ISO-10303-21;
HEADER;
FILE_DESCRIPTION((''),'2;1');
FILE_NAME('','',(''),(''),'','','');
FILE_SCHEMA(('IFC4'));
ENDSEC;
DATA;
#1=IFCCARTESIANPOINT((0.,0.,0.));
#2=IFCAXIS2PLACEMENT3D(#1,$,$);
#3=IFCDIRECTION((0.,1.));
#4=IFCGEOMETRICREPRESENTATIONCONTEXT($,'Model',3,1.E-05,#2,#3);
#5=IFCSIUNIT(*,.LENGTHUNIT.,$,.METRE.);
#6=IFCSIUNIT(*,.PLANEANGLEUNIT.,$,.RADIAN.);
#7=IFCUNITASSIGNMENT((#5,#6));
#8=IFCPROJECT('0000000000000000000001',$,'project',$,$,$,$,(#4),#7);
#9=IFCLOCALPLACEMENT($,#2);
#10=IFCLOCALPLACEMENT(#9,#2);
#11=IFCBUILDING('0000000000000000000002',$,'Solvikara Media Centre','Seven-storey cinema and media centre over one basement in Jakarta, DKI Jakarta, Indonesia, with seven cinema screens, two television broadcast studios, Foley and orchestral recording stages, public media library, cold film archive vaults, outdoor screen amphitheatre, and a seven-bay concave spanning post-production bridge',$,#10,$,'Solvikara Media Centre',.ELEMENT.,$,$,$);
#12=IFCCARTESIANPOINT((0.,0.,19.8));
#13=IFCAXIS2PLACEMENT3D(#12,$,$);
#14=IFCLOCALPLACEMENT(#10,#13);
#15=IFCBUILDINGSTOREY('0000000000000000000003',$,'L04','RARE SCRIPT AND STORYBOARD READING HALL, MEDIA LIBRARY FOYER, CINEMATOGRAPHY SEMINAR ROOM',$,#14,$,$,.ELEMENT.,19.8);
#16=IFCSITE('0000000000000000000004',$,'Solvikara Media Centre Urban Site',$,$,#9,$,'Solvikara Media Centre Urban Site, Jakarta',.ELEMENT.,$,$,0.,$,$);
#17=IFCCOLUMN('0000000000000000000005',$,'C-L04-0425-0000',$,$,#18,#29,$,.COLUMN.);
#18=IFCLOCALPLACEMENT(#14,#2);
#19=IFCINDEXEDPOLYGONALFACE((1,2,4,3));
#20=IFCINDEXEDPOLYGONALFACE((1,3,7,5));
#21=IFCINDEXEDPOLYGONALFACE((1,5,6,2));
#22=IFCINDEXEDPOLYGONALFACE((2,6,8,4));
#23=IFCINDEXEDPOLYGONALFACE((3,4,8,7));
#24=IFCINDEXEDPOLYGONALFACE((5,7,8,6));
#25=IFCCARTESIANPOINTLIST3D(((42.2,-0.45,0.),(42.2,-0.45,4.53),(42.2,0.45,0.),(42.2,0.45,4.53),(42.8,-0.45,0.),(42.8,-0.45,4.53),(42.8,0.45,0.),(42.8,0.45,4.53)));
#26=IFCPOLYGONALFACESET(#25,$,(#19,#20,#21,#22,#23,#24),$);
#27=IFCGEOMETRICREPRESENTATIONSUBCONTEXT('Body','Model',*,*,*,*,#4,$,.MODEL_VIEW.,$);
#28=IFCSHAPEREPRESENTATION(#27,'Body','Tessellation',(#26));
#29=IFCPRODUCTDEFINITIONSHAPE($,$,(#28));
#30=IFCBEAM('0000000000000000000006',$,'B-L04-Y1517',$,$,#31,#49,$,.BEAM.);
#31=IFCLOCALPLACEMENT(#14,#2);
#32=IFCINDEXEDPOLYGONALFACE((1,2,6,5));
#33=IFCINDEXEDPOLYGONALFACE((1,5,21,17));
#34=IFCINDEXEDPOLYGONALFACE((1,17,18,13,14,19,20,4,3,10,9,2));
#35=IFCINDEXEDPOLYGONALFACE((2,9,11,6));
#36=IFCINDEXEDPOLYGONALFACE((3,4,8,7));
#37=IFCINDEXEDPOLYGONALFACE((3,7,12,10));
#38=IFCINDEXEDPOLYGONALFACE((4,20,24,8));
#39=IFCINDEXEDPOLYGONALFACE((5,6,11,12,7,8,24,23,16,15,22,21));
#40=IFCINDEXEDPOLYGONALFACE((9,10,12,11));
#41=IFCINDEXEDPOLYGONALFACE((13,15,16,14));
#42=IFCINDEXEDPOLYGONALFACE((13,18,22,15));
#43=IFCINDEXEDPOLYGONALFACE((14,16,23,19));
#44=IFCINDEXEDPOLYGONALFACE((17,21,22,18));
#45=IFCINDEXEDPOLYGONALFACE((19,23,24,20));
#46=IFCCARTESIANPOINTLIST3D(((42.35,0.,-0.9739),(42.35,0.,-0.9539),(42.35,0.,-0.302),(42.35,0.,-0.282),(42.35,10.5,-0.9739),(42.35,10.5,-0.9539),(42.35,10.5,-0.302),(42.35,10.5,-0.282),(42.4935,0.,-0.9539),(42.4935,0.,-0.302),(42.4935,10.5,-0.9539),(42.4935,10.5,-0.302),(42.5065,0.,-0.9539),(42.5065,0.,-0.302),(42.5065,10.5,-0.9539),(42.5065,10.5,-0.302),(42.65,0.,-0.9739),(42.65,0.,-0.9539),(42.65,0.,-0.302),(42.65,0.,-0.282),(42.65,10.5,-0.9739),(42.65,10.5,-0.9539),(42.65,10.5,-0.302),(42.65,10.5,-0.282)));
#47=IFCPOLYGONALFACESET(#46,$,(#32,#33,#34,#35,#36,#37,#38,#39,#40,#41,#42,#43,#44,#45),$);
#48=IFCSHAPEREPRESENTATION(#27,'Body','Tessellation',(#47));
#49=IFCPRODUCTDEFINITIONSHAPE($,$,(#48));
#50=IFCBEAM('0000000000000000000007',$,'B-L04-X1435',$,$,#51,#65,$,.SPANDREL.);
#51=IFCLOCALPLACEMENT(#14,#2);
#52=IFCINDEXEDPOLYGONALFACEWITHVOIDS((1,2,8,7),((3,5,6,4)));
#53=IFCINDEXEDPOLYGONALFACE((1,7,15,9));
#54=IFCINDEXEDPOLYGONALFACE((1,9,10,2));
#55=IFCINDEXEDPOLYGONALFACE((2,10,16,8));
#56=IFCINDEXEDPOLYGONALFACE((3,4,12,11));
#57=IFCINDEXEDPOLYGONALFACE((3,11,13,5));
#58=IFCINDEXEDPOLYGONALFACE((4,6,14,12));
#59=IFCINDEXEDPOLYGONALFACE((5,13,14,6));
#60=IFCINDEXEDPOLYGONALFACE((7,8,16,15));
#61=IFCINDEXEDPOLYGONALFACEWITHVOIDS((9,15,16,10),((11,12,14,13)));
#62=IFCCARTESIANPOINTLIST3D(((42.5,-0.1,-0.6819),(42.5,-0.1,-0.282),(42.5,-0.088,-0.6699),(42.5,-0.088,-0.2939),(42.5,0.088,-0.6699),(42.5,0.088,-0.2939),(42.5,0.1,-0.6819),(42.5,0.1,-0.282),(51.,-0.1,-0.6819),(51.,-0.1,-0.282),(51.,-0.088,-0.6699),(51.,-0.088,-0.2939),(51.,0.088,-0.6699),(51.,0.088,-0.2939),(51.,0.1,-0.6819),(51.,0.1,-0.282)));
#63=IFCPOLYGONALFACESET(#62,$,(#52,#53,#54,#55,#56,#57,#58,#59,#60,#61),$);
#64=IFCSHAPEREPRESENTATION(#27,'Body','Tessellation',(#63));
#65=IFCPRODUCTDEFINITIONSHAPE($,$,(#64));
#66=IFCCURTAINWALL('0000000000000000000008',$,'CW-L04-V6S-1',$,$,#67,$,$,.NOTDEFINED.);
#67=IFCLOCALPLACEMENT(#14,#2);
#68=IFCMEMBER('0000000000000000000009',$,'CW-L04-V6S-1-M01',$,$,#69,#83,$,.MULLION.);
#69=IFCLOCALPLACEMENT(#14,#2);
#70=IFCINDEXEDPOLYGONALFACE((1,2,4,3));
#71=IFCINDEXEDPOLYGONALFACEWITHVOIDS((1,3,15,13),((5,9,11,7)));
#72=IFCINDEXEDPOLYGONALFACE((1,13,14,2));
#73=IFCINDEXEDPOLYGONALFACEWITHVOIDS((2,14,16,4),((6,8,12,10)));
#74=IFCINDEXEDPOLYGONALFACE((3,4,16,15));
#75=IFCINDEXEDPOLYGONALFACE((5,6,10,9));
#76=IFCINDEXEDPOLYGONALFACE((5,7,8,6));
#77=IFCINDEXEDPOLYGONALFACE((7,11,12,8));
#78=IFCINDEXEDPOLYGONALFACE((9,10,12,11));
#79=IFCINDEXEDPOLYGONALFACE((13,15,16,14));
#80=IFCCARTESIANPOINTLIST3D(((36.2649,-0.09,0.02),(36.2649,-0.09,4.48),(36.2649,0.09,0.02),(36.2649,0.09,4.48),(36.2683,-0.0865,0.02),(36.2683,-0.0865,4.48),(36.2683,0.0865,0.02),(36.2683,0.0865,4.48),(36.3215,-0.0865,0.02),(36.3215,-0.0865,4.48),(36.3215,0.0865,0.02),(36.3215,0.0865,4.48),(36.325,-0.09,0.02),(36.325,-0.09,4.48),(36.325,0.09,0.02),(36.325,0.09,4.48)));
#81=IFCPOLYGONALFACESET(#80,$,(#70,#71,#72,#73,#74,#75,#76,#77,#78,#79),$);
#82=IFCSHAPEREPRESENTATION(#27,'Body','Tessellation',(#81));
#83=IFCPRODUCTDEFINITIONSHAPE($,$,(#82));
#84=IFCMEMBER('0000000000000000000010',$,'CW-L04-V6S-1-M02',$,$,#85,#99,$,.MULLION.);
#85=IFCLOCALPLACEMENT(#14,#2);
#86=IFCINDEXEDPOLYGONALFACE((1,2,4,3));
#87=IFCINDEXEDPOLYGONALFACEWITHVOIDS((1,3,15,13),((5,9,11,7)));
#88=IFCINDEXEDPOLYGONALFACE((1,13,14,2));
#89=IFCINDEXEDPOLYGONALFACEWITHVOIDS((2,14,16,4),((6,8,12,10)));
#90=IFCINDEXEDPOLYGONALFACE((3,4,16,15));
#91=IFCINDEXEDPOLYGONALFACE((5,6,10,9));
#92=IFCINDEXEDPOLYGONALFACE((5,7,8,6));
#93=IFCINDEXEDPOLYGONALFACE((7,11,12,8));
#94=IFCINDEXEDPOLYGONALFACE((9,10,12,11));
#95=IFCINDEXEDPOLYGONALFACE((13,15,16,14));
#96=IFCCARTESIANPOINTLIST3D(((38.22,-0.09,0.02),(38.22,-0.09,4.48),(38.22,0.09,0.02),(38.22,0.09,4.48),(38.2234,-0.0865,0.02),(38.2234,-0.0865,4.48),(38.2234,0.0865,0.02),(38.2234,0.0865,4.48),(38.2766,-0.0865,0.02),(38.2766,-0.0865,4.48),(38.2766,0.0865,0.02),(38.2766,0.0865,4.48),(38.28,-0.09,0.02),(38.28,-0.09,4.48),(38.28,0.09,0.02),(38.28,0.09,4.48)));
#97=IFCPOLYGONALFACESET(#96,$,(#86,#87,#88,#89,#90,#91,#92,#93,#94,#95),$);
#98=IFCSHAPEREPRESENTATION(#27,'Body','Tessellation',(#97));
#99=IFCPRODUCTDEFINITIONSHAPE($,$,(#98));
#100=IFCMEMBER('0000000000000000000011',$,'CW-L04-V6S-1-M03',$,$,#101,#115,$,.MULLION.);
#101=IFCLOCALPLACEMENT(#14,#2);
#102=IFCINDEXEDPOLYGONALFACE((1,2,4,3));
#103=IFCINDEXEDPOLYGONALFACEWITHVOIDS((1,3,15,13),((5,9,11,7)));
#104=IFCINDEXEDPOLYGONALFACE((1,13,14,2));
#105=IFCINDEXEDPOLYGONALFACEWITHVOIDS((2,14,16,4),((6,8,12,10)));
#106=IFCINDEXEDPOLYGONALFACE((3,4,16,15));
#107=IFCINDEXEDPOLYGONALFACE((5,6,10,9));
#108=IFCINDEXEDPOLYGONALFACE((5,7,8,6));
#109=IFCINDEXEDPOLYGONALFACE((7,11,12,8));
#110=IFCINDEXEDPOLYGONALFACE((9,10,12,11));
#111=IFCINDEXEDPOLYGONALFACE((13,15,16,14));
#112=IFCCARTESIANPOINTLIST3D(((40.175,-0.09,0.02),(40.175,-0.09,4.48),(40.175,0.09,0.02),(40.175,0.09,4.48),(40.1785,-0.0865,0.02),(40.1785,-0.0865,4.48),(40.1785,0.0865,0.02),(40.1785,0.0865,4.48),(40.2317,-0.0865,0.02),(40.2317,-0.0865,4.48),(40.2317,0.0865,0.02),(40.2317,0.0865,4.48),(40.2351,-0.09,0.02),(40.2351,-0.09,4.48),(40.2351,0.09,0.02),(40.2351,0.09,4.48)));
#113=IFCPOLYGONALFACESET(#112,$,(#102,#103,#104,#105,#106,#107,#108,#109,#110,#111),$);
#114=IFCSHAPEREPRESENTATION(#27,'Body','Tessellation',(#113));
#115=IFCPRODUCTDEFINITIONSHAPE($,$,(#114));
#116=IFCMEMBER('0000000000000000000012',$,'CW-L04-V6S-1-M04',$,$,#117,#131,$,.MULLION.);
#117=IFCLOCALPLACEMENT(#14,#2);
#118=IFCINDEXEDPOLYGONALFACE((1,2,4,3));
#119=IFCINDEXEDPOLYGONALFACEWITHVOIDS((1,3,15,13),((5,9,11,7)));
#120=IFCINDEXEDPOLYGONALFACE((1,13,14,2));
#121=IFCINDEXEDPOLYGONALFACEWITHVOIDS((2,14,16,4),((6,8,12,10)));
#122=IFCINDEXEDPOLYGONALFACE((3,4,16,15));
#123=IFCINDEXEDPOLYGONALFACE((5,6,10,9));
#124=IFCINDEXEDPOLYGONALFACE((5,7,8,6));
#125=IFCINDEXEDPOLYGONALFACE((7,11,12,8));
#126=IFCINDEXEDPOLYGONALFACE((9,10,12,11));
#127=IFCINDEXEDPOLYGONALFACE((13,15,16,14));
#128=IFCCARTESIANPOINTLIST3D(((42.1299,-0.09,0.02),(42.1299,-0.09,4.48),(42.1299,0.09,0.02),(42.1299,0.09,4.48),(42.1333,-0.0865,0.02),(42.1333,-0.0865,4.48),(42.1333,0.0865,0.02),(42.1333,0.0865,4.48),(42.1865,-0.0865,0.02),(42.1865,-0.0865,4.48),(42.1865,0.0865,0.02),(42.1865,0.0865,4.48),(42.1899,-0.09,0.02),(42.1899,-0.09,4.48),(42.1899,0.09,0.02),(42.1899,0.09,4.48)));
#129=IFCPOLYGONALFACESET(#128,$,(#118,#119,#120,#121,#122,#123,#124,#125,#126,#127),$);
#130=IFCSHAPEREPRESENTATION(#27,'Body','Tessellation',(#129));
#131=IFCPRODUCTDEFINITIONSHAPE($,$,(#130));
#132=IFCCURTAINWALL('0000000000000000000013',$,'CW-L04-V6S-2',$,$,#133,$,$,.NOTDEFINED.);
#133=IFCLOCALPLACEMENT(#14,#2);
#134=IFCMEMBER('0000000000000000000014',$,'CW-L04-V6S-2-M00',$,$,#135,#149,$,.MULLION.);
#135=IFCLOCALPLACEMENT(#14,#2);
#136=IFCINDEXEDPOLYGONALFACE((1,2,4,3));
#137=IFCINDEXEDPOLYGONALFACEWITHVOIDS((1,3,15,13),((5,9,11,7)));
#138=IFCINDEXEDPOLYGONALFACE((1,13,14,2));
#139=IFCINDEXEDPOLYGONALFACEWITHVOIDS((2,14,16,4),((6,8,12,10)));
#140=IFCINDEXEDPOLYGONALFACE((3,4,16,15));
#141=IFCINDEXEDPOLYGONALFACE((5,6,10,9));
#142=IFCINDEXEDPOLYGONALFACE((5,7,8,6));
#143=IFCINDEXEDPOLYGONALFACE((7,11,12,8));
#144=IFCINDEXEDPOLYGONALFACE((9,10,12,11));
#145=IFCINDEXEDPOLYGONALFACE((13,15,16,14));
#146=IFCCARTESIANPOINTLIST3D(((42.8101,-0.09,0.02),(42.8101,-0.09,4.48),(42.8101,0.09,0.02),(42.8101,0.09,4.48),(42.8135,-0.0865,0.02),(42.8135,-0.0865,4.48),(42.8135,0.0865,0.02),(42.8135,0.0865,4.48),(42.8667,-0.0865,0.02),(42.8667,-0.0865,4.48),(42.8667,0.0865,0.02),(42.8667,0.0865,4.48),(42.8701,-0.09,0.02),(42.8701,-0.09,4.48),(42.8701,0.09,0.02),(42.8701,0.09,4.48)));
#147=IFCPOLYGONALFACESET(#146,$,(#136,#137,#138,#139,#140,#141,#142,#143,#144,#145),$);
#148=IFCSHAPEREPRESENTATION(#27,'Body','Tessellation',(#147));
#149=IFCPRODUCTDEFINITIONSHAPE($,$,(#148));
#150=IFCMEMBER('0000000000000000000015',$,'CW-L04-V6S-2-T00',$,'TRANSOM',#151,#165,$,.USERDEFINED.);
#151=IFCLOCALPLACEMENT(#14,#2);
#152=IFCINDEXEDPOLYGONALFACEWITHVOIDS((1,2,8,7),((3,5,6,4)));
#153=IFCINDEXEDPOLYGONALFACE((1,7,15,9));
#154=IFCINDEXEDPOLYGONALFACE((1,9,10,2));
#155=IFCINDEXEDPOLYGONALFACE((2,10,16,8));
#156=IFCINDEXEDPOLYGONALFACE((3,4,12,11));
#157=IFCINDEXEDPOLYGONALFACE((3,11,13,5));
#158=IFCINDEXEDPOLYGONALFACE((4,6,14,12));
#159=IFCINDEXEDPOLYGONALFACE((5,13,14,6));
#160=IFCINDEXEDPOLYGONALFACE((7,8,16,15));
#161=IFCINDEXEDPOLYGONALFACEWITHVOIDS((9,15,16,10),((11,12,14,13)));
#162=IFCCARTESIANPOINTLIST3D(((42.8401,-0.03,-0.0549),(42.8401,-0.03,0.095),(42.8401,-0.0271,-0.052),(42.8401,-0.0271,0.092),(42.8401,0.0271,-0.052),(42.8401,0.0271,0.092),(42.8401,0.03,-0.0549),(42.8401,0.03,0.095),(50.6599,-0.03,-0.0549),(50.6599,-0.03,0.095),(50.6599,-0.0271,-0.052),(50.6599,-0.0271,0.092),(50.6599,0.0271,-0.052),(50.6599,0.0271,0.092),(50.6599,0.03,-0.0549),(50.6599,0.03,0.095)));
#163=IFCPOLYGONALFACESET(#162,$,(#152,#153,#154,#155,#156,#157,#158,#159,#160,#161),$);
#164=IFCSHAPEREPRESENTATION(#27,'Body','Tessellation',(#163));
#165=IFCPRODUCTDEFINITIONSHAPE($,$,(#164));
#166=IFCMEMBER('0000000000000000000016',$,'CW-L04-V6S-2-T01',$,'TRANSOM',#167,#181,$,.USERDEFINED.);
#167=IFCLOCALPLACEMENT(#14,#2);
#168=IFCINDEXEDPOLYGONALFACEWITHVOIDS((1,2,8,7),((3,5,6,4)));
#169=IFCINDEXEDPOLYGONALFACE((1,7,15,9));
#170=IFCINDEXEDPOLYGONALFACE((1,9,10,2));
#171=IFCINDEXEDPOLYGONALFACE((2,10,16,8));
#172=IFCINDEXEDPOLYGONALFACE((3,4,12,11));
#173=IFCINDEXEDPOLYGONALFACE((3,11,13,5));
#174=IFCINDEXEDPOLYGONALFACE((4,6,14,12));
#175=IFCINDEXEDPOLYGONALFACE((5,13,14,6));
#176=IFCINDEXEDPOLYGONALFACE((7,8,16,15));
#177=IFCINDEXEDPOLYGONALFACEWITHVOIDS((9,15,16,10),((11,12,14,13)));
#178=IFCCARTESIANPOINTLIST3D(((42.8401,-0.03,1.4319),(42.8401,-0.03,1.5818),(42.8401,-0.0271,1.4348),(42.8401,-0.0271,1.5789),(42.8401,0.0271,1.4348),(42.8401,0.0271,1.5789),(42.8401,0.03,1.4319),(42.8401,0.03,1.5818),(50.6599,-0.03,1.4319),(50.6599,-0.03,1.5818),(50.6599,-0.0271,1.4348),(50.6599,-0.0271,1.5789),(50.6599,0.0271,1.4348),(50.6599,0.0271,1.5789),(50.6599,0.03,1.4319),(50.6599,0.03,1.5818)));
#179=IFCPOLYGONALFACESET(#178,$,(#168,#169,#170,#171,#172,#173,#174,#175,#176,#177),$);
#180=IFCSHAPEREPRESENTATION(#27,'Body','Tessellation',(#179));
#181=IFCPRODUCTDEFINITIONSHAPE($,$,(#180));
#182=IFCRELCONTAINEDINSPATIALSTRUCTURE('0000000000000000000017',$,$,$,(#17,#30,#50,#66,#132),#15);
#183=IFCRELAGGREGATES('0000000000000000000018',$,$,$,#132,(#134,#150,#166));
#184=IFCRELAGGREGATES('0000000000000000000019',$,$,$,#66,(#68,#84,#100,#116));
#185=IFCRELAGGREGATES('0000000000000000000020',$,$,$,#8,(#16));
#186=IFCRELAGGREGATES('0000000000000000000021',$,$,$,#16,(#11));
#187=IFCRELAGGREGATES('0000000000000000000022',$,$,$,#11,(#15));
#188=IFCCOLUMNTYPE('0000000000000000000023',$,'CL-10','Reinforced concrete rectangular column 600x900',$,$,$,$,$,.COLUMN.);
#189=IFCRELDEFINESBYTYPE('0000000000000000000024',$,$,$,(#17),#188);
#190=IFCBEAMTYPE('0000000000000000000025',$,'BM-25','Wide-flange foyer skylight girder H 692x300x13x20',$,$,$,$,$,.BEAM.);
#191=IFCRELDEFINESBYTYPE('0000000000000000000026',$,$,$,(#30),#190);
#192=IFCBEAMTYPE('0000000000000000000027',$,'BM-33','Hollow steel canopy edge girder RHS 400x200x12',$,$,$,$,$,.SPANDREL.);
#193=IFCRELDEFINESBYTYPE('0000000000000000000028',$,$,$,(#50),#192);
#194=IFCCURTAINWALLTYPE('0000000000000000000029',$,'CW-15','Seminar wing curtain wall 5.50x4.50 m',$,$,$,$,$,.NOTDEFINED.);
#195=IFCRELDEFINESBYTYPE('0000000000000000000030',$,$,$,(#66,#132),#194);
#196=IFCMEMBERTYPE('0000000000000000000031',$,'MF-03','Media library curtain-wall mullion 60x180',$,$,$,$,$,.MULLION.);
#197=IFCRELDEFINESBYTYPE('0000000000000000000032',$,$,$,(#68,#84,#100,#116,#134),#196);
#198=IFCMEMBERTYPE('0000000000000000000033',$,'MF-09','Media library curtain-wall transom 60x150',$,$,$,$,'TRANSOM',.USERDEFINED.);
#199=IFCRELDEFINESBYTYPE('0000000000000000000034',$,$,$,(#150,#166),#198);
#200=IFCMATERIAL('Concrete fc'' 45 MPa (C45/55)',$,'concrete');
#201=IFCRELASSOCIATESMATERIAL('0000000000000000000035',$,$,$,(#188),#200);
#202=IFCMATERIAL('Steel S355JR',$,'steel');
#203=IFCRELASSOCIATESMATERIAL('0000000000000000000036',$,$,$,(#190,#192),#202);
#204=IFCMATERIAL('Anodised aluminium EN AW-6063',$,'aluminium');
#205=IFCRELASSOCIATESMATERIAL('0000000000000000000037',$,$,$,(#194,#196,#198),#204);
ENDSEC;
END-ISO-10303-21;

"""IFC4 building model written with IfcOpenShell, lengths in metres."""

from ifc_helpers import new_model, si_unit, direction, frame, origin, origin_2d, place, context, subcontext, project, spatial, rectangle, hollow_rectangle, i_section, extrude, material, material_profile, profile_set, type_object, element, aggregate, save


model = new_model("IFC4")

# Units and contexts
model_context = context("Model", 3, precision=1e-05, world=origin(), true_north=direction((0.0, 1.0)))
body_context = subcontext(model_context, "Body", "Model", "MODEL_VIEW")
ifc_project = project(units=[si_unit("LENGTHUNIT", "METRE"), si_unit("PLANEANGLEUNIT", "RADIAN")], contexts=[model_context])

# Site, building, storey
site_placement = place(None, origin())
site = spatial("IfcSite", under=ifc_project, at=site_placement, Name="Solvikara Media Centre Urban Site", LongName="Solvikara Media Centre Urban Site, Jakarta", CompositionType="ELEMENT", RefElevation=0.0)
building_placement = place(site_placement, origin())
building = spatial("IfcBuilding", under=site, at=building_placement, Name="Solvikara Media Centre", Description="Seven-storey cinema and media centre over one basement in Jakarta, DKI Jakarta, Indonesia, with seven cinema screens, two television broadcast studios, Foley and orchestral recording stages, public media library, cold film archive vaults, outdoor screen amphitheatre, and a seven-bay concave spanning post-production bridge", LongName="Solvikara Media Centre", CompositionType="ELEMENT")
storey_placement = place(building_placement, frame((0.0, 0.0, 19.8)))
storey = spatial("IfcBuildingStorey", under=building, at=storey_placement, Name="L04", Description="RARE SCRIPT AND STORYBOARD READING HALL, MEDIA LIBRARY FOYER, CINEMATOGRAPHY SEMINAR ROOM", CompositionType="ELEMENT", Elevation=19.8)

# Column
ifc_material_1 = material(Name="Concrete fc' 45 MPa (C45/55)", Category="concrete")
ifc_material_profile_1 = material_profile(ifc_material_1, rectangle(XDim=0.6001, YDim=0.8999, at=origin_2d()), Name="RC 600x900")
ifc_profile_set_1 = profile_set([ifc_material_profile_1], Name="Concrete fc' 45 MPa (C45/55)")
column_type = type_object("IfcColumnType", Name="CL-10", Description="Reinforced concrete rectangular column 600x900", PredefinedType="COLUMN", material=ifc_profile_set_1)
column_placement = place(storey_placement, frame((42.5, 0.0, 0.0), z_axis=(0.0, 0.0, 1.0), x_axis=(1.0, 0.0, 0.0)))
element("IfcColumn", 1, at=column_placement, inside=storey, type_object=column_type, Name="C-L04-0425-0000", PredefinedType="COLUMN", context=body_context, shape_type="SweptSolid", body=[
    extrude(rectangle(XDim=0.6001, YDim=0.8999, at=origin_2d()), origin(), (0.0, 0.0, 1.0), 4.53),
])

# Beams
ifc_material_2 = material(Name="Steel S355JR", Category="steel")
ifc_material_profile_2 = material_profile(ifc_material_2, i_section(OverallWidth=0.3, OverallDepth=0.6919, WebThickness=0.0129, FlangeThickness=0.02, at=origin_2d()), Name="H 692x300x13x20")
ifc_profile_set_2 = profile_set([ifc_material_profile_2], Name="Steel S355JR")
beam_type_1 = type_object("IfcBeamType", Name="BM-25", Description="Wide-flange foyer skylight girder H 692x300x13x20", PredefinedType="BEAM", material=ifc_profile_set_2)
beam_1_placement = place(storey_placement, frame((42.5, 0.0, -0.6279), z_axis=(0.0, 1.0, 0.0), x_axis=(-1.0, 0.0, 0.0)))
element("IfcBeam", 2, at=beam_1_placement, inside=storey, type_object=beam_type_1, Name="B-L04-Y1517", PredefinedType="BEAM", context=body_context, shape_type="SweptSolid", body=[
    extrude(i_section(OverallWidth=0.3, OverallDepth=0.6919, WebThickness=0.0129, FlangeThickness=0.02, at=origin_2d()), origin(), (0.0, 0.0, 1.0), 10.5),
])
ifc_material_profile_3 = material_profile(ifc_material_2, hollow_rectangle(XDim=0.2, YDim=0.3999, WallThickness=0.012, at=origin_2d()), Name="RHS 400x200x12")
ifc_profile_set_3 = profile_set([ifc_material_profile_3], Name="Steel S355JR")
beam_type_2 = type_object("IfcBeamType", Name="BM-33", Description="Hollow steel canopy edge girder RHS 400x200x12", PredefinedType="SPANDREL", material=ifc_profile_set_3)
beam_2_placement = place(storey_placement, frame((42.5, 0.0, -0.4819), z_axis=(1.0, 0.0, 0.0), x_axis=(0.0, 1.0, 0.0)))
element("IfcBeam", 3, at=beam_2_placement, inside=storey, type_object=beam_type_2, Name="B-L04-X1435", PredefinedType="SPANDREL", context=body_context, shape_type="SweptSolid", body=[
    extrude(hollow_rectangle(XDim=0.2, YDim=0.3999, WallThickness=0.012, at=origin_2d()), origin(), (0.0, 0.0, 1.0), 8.5),
])

# Curtain walls, members
ifc_material_3 = material(Name="Anodised aluminium EN AW-6063", Category="aluminium")
curtain_wall_type = type_object("IfcCurtainWallType", Name="CW-15", Description="Seminar wing curtain wall 5.50x4.50 m", PredefinedType="NOTDEFINED", material=ifc_material_3)
curtain_wall_1_placement = place(storey_placement, origin())
curtain_wall_1 = element("IfcCurtainWall", 4, at=curtain_wall_1_placement, inside=storey, type_object=curtain_wall_type, Name="CW-L04-V6S-1", PredefinedType="NOTDEFINED")
ifc_material_profile_4 = material_profile(ifc_material_3, hollow_rectangle(XDim=0.0601, YDim=0.1799, WallThickness=0.0034, at=origin_2d()), Name="ALU-M 60x180x3.5")
ifc_profile_set_4 = profile_set([ifc_material_profile_4], Name="Anodised aluminium EN AW-6063")
member_type_1 = type_object("IfcMemberType", Name="MF-03", Description="Media library curtain-wall mullion 60x180", PredefinedType="MULLION", material=ifc_profile_set_4)
member_1_placement = place(storey_placement, frame((36.2949, 0.0, 0.02), z_axis=(0.0, 0.0, 1.0), x_axis=(1.0, 0.0, 0.0)))
member_1 = element("IfcMember", 5, at=member_1_placement, type_object=member_type_1, Name="CW-L04-V6S-1-M01", PredefinedType="MULLION", context=body_context, shape_type="SweptSolid", body=[
    extrude(hollow_rectangle(XDim=0.0601, YDim=0.1799, WallThickness=0.0034, at=origin_2d()), origin(), (0.0, 0.0, 1.0), 4.46),
])
member_2_placement = place(storey_placement, frame((38.25, 0.0, 0.02), z_axis=(0.0, 0.0, 1.0), x_axis=(1.0, 0.0, 0.0)))
member_2 = element("IfcMember", 6, at=member_2_placement, type_object=member_type_1, Name="CW-L04-V6S-1-M02", PredefinedType="MULLION", context=body_context, shape_type="SweptSolid", body=[
    extrude(hollow_rectangle(XDim=0.0601, YDim=0.1799, WallThickness=0.0034, at=origin_2d()), origin(), (0.0, 0.0, 1.0), 4.46),
])
member_3_placement = place(storey_placement, frame((40.2051, 0.0, 0.02), z_axis=(0.0, 0.0, 1.0), x_axis=(1.0, 0.0, 0.0)))
member_3 = element("IfcMember", 7, at=member_3_placement, type_object=member_type_1, Name="CW-L04-V6S-1-M03", PredefinedType="MULLION", context=body_context, shape_type="SweptSolid", body=[
    extrude(hollow_rectangle(XDim=0.0601, YDim=0.1799, WallThickness=0.0034, at=origin_2d()), origin(), (0.0, 0.0, 1.0), 4.46),
])
member_4_placement = place(storey_placement, frame((42.1599, 0.0, 0.02), z_axis=(0.0, 0.0, 1.0), x_axis=(1.0, 0.0, 0.0)))
member_4 = element("IfcMember", 8, at=member_4_placement, type_object=member_type_1, Name="CW-L04-V6S-1-M04", PredefinedType="MULLION", context=body_context, shape_type="SweptSolid", body=[
    extrude(hollow_rectangle(XDim=0.0601, YDim=0.1799, WallThickness=0.0034, at=origin_2d()), origin(), (0.0, 0.0, 1.0), 4.46),
])
curtain_wall_2_placement = place(storey_placement, origin())
curtain_wall_2 = element("IfcCurtainWall", 9, at=curtain_wall_2_placement, inside=storey, type_object=curtain_wall_type, Name="CW-L04-V6S-2", PredefinedType="NOTDEFINED")
member_5_placement = place(storey_placement, frame((42.8401, 0.0, 0.02), z_axis=(0.0, 0.0, 1.0), x_axis=(1.0, 0.0, 0.0)))
member_5 = element("IfcMember", 10, at=member_5_placement, type_object=member_type_1, Name="CW-L04-V6S-2-M00", PredefinedType="MULLION", context=body_context, shape_type="SweptSolid", body=[
    extrude(hollow_rectangle(XDim=0.0601, YDim=0.1799, WallThickness=0.0034, at=origin_2d()), origin(), (0.0, 0.0, 1.0), 4.46),
])
ifc_material_profile_5 = material_profile(ifc_material_3, hollow_rectangle(XDim=0.0601, YDim=0.1499, WallThickness=0.0029, at=origin_2d()), Name="ALU-T 60x150x3")
ifc_profile_set_5 = profile_set([ifc_material_profile_5], Name="Anodised aluminium EN AW-6063")
member_type_2 = type_object("IfcMemberType", Name="MF-09", Description="Media library curtain-wall transom 60x150", ElementType="TRANSOM", PredefinedType="USERDEFINED", material=ifc_profile_set_5)
member_6_placement = place(storey_placement, frame((42.8401, 0.0, 0.02), z_axis=(1.0, 0.0, 0.0), x_axis=(0.0, 1.0, 0.0)))
member_6 = element("IfcMember", 11, at=member_6_placement, type_object=member_type_2, Name="CW-L04-V6S-2-T00", ObjectType="TRANSOM", PredefinedType="USERDEFINED", context=body_context, shape_type="SweptSolid", body=[
    extrude(hollow_rectangle(XDim=0.0601, YDim=0.1499, WallThickness=0.0029, at=origin_2d()), origin(), (0.0, 0.0, 1.0), 7.8198),
])
member_7_placement = place(storey_placement, frame((42.8401, 0.0, 1.5068), z_axis=(1.0, 0.0, 0.0), x_axis=(0.0, 1.0, 0.0)))
member_7 = element("IfcMember", 12, at=member_7_placement, type_object=member_type_2, Name="CW-L04-V6S-2-T01", ObjectType="TRANSOM", PredefinedType="USERDEFINED", context=body_context, shape_type="SweptSolid", body=[
    extrude(hollow_rectangle(XDim=0.0601, YDim=0.1499, WallThickness=0.0029, at=origin_2d()), origin(), (0.0, 0.0, 1.0), 7.8198),
])
aggregate(curtain_wall_2, [member_5, member_6, member_7])

aggregate(curtain_wall_1, [member_1, member_2, member_3, member_4])

save(model, "model.ifc")
